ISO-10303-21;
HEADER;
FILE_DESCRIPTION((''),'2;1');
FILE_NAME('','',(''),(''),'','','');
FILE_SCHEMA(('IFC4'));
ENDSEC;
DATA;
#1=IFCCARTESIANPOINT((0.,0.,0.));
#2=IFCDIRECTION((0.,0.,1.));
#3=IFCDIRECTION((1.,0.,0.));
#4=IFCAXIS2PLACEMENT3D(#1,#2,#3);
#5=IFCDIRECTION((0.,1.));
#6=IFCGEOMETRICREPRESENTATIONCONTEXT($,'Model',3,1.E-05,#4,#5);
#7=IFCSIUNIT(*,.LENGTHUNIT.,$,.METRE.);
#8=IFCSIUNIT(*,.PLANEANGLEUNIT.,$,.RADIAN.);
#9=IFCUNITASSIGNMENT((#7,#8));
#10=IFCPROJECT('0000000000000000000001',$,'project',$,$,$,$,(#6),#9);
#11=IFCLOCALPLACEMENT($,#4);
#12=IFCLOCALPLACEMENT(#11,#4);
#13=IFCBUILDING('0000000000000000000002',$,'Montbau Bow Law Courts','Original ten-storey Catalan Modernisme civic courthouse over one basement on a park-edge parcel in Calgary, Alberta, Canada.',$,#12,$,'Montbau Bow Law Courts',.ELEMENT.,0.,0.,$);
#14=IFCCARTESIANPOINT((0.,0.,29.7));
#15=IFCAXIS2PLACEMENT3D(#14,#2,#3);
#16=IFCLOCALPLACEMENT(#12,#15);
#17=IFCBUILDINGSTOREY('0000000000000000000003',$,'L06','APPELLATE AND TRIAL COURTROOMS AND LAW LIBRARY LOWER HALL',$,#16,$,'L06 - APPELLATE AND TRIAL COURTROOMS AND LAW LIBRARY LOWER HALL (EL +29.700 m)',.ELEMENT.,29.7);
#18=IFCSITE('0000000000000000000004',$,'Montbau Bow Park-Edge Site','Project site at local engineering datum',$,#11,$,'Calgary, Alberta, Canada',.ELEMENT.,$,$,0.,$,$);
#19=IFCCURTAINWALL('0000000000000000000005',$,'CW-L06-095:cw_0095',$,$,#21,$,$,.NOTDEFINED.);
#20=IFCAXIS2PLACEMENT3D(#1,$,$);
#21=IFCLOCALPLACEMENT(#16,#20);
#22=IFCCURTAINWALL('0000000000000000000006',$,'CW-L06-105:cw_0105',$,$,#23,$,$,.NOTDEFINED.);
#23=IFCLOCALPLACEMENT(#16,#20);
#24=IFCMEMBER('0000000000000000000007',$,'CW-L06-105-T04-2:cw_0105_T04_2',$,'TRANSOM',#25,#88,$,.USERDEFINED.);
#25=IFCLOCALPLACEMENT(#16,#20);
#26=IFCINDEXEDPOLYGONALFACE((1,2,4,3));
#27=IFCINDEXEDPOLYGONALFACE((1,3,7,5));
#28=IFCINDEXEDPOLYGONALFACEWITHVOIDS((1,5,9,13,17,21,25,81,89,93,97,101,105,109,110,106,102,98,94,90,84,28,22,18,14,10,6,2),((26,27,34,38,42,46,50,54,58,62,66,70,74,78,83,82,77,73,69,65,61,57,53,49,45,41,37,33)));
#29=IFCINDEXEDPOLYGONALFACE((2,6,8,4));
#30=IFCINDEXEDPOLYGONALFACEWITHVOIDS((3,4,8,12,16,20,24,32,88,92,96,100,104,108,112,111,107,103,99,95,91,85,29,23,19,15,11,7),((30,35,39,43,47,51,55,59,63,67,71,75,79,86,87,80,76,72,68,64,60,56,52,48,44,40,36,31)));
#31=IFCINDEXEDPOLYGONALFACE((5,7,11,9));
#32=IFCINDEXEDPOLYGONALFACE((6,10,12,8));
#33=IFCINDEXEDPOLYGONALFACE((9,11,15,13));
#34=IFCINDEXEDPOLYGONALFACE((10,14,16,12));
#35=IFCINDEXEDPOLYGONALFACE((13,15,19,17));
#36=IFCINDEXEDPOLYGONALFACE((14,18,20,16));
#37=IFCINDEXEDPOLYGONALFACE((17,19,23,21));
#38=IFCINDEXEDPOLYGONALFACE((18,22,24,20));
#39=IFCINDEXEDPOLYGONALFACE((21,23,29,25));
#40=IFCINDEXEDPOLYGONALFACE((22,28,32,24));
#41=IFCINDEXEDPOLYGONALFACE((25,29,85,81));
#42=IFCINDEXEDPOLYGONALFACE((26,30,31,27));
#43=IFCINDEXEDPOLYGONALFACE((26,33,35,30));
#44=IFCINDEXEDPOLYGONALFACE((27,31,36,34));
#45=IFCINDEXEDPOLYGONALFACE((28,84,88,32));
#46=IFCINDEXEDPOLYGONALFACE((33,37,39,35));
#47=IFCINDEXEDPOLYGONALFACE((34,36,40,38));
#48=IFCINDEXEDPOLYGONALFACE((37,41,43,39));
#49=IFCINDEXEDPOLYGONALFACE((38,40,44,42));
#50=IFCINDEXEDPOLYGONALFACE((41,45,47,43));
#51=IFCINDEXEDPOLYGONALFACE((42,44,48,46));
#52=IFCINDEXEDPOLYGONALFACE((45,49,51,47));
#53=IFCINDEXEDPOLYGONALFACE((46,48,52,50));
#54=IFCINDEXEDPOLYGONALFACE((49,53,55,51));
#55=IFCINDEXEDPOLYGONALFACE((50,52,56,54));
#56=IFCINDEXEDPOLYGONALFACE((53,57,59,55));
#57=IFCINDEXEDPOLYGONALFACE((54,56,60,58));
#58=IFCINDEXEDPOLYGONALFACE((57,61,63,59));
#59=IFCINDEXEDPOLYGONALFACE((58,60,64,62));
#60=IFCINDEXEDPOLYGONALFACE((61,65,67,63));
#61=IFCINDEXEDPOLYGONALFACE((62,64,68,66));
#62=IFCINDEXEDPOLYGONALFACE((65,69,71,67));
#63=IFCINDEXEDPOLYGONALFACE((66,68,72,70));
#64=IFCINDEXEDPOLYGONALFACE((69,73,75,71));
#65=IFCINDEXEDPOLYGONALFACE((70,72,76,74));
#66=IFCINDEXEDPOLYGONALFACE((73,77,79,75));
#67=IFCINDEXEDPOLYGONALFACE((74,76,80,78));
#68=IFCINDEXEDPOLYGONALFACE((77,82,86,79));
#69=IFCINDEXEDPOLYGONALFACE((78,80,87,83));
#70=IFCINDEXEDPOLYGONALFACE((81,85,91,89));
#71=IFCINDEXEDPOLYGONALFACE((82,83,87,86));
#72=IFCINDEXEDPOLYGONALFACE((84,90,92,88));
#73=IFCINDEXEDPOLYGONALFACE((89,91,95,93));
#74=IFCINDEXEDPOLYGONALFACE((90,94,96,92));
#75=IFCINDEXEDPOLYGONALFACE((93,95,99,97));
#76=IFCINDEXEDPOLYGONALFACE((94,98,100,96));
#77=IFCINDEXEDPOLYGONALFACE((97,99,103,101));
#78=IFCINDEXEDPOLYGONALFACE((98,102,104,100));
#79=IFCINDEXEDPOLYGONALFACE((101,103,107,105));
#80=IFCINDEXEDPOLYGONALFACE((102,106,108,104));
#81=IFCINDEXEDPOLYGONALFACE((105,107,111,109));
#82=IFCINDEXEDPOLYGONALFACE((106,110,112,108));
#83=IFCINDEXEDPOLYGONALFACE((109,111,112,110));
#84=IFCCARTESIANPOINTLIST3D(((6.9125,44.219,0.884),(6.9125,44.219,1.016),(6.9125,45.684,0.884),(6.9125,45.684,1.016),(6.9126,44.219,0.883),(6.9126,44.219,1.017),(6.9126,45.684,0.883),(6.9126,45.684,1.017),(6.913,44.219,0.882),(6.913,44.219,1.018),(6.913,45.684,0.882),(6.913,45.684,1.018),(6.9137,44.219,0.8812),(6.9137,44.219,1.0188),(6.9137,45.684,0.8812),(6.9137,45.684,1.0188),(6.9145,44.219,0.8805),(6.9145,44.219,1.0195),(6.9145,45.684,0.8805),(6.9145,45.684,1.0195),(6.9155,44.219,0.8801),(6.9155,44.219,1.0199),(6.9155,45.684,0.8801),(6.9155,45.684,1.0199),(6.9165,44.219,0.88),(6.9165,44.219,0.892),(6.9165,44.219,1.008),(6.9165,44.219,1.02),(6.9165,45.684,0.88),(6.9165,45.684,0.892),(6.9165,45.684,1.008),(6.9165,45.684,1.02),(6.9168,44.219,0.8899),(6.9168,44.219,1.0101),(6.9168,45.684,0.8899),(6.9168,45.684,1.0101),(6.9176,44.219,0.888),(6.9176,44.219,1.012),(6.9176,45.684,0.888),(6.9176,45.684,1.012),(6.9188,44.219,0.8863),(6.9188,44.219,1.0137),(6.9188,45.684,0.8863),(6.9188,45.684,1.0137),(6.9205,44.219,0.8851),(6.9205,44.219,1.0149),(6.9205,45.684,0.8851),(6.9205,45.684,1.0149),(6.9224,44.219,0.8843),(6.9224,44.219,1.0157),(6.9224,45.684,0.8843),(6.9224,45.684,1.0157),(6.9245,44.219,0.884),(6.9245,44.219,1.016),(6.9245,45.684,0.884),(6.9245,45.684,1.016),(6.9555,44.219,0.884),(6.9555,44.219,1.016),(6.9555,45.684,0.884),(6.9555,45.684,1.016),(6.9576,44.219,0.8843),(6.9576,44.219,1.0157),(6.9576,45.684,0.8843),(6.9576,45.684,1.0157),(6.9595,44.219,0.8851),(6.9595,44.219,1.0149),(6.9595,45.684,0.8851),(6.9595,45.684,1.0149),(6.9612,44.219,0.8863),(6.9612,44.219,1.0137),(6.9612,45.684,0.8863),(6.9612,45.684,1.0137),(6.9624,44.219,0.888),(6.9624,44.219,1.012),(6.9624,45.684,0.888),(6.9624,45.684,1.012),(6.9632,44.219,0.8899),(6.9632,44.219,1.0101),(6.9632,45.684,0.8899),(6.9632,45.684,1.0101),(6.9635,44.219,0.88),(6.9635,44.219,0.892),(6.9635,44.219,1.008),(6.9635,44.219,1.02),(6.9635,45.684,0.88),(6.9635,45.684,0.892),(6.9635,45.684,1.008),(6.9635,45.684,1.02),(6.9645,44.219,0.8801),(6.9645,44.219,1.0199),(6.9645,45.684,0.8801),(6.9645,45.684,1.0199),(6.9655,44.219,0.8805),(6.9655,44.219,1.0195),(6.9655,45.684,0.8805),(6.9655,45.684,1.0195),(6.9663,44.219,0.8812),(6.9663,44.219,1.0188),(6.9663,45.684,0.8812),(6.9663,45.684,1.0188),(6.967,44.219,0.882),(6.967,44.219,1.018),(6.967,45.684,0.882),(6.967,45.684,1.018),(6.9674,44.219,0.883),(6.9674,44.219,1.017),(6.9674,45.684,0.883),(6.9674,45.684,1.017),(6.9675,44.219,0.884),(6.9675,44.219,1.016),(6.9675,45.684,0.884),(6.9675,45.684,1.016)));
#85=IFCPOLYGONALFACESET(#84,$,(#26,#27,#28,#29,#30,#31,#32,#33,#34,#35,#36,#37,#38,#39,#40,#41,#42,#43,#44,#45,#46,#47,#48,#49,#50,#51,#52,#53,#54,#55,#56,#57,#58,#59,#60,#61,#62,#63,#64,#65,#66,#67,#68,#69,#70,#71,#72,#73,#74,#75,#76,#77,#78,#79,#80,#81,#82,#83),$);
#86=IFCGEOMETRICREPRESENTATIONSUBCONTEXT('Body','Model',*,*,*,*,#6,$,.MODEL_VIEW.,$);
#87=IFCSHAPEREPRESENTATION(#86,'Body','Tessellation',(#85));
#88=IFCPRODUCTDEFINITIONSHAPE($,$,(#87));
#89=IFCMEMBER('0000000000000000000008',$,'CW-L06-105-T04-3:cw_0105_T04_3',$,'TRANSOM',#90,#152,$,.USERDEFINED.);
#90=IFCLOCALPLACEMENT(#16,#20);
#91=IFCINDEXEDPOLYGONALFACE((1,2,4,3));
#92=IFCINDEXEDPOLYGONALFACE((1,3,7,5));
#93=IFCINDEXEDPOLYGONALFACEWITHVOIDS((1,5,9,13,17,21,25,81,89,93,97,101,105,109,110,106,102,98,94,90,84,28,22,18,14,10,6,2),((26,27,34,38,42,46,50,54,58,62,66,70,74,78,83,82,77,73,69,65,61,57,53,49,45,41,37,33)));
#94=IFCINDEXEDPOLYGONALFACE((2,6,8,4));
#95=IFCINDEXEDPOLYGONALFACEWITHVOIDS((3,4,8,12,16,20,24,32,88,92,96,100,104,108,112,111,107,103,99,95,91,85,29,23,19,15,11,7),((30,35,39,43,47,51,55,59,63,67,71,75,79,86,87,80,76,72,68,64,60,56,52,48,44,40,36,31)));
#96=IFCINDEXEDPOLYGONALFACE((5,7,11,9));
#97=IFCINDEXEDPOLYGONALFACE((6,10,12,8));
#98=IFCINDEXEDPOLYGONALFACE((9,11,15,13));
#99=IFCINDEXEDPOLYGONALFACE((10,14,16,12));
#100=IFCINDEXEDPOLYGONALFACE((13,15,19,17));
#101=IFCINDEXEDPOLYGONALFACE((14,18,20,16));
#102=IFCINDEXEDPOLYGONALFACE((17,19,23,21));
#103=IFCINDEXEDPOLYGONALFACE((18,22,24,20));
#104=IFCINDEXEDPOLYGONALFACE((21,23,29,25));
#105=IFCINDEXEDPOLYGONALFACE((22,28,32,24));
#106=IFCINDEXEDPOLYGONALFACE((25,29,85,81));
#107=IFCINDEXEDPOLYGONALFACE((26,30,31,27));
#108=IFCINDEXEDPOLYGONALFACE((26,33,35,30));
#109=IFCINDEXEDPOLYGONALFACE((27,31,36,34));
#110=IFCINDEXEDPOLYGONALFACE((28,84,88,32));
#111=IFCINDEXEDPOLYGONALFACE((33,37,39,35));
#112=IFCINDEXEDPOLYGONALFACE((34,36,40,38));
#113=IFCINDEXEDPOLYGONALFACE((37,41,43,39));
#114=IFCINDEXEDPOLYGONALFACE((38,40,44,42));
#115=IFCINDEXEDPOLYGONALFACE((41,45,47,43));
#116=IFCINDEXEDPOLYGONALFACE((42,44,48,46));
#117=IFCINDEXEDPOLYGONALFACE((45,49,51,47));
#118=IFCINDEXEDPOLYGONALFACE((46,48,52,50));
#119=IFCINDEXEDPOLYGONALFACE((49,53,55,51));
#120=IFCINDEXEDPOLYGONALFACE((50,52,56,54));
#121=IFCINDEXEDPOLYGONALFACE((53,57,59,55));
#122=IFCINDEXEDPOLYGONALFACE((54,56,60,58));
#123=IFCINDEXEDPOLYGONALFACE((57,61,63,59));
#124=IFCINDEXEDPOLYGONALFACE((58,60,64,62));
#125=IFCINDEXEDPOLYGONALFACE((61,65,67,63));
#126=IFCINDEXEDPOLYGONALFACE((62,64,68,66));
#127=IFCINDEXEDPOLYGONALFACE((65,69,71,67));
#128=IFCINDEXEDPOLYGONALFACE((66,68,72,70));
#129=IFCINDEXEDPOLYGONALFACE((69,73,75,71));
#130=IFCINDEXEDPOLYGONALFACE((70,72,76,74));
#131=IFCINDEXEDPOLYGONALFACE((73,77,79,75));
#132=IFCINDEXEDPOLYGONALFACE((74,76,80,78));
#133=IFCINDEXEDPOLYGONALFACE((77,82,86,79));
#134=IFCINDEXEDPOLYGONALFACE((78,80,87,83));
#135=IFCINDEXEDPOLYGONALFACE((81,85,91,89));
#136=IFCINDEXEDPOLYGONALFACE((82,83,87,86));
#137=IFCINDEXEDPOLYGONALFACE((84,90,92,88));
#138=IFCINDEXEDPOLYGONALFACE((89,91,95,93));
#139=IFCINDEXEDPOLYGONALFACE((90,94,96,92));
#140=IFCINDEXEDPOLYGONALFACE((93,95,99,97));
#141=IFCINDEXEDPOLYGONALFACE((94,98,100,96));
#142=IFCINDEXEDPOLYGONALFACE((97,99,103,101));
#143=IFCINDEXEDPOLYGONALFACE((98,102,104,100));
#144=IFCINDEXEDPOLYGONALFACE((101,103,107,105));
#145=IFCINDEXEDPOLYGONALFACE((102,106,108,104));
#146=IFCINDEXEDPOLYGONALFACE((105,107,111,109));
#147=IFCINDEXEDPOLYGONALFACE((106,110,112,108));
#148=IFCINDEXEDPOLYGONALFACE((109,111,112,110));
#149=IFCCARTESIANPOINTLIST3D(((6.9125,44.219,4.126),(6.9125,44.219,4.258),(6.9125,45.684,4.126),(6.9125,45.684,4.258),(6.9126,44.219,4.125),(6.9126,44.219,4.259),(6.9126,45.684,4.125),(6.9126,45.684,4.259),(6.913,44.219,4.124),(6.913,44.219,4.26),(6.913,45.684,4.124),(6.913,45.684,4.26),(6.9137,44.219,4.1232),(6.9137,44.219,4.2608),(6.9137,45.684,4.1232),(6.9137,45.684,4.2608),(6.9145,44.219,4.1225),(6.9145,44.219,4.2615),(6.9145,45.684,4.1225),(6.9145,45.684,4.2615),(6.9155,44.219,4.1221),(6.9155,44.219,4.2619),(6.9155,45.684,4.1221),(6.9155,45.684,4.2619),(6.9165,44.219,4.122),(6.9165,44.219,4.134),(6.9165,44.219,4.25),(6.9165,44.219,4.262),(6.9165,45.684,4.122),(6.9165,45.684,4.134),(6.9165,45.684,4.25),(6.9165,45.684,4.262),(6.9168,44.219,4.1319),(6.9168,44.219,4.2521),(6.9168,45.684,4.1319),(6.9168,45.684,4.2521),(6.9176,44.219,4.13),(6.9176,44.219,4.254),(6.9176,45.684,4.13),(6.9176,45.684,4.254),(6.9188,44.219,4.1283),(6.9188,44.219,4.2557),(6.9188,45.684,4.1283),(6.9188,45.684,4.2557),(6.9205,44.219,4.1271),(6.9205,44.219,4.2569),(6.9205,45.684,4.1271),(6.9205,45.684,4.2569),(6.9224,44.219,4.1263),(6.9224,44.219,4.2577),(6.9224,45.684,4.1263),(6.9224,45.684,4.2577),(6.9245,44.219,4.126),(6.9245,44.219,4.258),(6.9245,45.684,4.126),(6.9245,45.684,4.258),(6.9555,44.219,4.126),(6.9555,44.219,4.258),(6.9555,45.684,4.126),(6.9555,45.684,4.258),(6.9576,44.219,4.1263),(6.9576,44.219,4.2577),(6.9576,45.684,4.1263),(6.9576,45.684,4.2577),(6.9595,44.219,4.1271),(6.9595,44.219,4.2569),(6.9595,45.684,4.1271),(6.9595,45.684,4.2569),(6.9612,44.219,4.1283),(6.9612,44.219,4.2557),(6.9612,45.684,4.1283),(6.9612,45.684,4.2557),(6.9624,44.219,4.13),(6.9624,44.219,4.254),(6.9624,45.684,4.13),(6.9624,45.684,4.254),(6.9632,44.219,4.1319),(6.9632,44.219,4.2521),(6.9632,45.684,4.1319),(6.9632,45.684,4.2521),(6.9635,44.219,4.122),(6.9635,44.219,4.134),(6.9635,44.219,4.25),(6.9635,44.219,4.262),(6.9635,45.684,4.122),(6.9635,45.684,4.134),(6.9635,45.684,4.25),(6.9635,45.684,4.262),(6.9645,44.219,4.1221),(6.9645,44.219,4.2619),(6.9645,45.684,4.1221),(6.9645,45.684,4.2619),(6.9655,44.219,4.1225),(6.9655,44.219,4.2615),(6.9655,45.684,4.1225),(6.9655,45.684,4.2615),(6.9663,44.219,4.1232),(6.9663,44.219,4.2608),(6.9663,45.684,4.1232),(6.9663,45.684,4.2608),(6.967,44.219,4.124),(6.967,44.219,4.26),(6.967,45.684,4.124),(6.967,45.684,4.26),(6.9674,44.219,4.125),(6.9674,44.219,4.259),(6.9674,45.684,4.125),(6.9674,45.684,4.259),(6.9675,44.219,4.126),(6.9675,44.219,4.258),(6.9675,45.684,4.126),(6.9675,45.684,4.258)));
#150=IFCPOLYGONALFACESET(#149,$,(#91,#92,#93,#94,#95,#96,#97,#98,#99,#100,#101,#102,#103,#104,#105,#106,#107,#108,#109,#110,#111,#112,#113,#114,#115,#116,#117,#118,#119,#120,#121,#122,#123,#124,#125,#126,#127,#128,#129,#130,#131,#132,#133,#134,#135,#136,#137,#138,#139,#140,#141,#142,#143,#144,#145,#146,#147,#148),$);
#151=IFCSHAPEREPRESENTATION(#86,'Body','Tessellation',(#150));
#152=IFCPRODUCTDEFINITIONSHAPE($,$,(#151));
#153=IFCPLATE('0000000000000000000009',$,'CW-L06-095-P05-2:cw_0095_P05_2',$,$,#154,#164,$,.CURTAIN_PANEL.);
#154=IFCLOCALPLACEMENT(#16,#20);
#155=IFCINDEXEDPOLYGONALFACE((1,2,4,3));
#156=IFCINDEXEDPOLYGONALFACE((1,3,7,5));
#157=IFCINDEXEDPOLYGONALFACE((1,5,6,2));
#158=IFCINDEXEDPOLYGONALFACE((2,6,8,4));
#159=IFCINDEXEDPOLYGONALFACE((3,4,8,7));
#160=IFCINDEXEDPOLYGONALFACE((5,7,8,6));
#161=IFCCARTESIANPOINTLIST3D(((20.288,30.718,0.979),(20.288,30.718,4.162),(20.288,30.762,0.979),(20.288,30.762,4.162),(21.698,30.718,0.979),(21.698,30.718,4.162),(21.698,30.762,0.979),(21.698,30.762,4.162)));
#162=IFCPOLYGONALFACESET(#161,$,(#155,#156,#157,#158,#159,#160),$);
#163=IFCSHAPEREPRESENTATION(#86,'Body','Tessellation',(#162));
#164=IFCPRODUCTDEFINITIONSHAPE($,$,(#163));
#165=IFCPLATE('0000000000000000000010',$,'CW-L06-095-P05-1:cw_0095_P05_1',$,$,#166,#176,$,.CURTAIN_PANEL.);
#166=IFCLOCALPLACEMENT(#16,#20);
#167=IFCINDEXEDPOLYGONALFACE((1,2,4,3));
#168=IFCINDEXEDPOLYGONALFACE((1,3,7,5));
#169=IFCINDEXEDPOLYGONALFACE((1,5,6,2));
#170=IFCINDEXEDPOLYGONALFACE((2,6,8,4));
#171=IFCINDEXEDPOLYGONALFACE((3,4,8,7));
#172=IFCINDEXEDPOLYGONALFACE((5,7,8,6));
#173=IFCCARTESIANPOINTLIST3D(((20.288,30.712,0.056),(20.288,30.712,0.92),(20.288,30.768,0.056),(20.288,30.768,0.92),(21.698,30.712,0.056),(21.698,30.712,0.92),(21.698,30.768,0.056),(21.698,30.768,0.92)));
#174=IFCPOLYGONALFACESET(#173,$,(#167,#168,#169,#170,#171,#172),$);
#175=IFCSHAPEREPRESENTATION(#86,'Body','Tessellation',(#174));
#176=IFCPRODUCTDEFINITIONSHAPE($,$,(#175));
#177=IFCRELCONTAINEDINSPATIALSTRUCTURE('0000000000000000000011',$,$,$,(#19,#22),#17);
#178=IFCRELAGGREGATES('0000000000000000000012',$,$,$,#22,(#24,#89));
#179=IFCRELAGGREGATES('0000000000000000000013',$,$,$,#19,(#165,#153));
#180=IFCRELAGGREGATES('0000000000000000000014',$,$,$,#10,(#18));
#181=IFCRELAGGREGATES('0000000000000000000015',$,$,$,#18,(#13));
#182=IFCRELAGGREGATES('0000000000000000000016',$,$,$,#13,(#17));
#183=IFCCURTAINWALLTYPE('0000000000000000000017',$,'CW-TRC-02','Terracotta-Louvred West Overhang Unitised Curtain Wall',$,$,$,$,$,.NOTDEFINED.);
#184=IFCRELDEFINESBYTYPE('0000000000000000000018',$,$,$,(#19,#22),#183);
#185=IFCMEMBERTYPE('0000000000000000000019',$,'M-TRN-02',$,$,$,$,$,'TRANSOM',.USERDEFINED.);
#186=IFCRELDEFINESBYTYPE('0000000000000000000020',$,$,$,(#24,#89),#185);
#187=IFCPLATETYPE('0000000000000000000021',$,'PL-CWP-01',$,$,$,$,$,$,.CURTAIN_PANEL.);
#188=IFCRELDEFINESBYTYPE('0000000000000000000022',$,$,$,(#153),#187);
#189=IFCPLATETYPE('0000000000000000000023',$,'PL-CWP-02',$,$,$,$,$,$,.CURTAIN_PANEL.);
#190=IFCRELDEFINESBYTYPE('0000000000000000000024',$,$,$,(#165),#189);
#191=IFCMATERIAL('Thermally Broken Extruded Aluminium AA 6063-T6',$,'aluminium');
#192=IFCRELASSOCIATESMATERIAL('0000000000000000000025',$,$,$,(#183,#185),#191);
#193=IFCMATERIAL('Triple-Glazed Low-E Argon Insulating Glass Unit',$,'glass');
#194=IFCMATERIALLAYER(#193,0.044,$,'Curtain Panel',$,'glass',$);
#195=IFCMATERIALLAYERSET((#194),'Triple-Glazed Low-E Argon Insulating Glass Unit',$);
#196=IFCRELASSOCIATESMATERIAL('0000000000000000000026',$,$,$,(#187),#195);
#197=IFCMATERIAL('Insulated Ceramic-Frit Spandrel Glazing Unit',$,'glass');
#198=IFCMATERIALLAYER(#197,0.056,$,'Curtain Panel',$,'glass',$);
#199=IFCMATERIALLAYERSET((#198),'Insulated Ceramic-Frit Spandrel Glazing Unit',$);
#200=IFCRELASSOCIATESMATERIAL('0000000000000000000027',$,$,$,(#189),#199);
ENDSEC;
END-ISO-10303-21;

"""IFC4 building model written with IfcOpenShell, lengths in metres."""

from ifc_helpers import new_model, si_unit, direction, frame, frame_2d, origin_with_axes, origin_2d_with_axis, place, context, subcontext, project, spatial, rectangle, hollow_rectangle, extrude, material, layer, layer_set, material_profile, profile_set, type_object, element, aggregate, save


model = new_model("IFC4")

# Units and contexts
model_context = context("Model", 3, precision=1e-05, world=origin_with_axes(), true_north=direction((0.0, 1.0)))
body_context = subcontext(model_context, "Body", "Model", "MODEL_VIEW")
ifc_project = project(units=[si_unit("LENGTHUNIT", "METRE"), si_unit("PLANEANGLEUNIT", "RADIAN")], contexts=[model_context])

# Site, building, storey
site_placement = place(None, origin_with_axes())
site = spatial("IfcSite", under=ifc_project, at=site_placement, Name="Montbau Bow Park-Edge Site", Description="Project site at local engineering datum", LongName="Calgary, Alberta, Canada", CompositionType="ELEMENT", RefElevation=0.0)
building_placement = place(site_placement, origin_with_axes())
building = spatial("IfcBuilding", under=site, at=building_placement, Name="Montbau Bow Law Courts", Description="Original ten-storey Catalan Modernisme civic courthouse over one basement on a park-edge parcel in Calgary, Alberta, Canada.", LongName="Montbau Bow Law Courts", CompositionType="ELEMENT", ElevationOfRefHeight=0.0, ElevationOfTerrain=0.0)
storey_placement = place(building_placement, frame((0.0, 0.0, 29.7), z_axis=(0.0, 0.0, 1.0), x_axis=(1.0, 0.0, 0.0)))
storey = spatial("IfcBuildingStorey", under=building, at=storey_placement, Name="L06", Description="APPELLATE AND TRIAL COURTROOMS AND LAW LIBRARY LOWER HALL", LongName="L06 - APPELLATE AND TRIAL COURTROOMS AND LAW LIBRARY LOWER HALL (EL +29.700 m)", CompositionType="ELEMENT", Elevation=29.7)

# Curtain walls, members
ifc_material_1 = material(Name="Thermally Broken Extruded Aluminium AA 6063-T6", Category="aluminium")
curtain_wall_type = type_object("IfcCurtainWallType", Name="CW-TRC-02", Description="Terracotta-Louvred West Overhang Unitised Curtain Wall", PredefinedType="NOTDEFINED", material=ifc_material_1)
curtain_wall_1_placement = place(None, frame((14.24, 30.74, 29.7), z_axis=(0.0, 0.0, 1.0), x_axis=(1.0, 0.0, 0.0)))
curtain_wall_1 = element("IfcCurtainWall", 1, at=curtain_wall_1_placement, inside=storey, type_object=curtain_wall_type, Name="CW-L06-095:cw_0095", PredefinedType="NOTDEFINED")
ifc_material_profile_1 = material_profile(ifc_material_1, hollow_rectangle(XDim=0.055, YDim=0.14, WallThickness=0.004, InnerFilletRadius=0.008, OuterFilletRadius=0.004, at=origin_2d_with_axis()), Name="CWT-140X55", Category="Main", Priority=0)
ifc_profile_set_1 = profile_set([ifc_material_profile_1], Name="Thermally Broken Extruded Aluminium AA 6063-T6")
member_type_1 = type_object("IfcMemberType", Name="M-TRN-02", ElementType="TRANSOM", PredefinedType="USERDEFINED", material=ifc_profile_set_1)
curtain_wall_2_placement = place(None, frame((6.94, 39.44, 29.7), z_axis=(0.0, 0.0, 1.0), x_axis=(1.0, 0.0, 0.0)))
curtain_wall_2 = element("IfcCurtainWall", 2, at=curtain_wall_2_placement, inside=storey, type_object=curtain_wall_type, Name="CW-L06-105:cw_0105", PredefinedType="NOTDEFINED")
member_1_placement = place(None, frame((6.94, 44.219, 30.65), z_axis=(0.0, 1.0, 0.0), x_axis=(-1.0, 0.0, 0.0)))
member_1 = element("IfcMember", 3, at=member_1_placement, type_object=member_type_1, Name="CW-L06-105-T04-2:cw_0105_T04_2", ObjectType="TRANSOM", PredefinedType="USERDEFINED", context=body_context, shape_type="SweptSolid", body=[
    extrude(hollow_rectangle(XDim=0.055, YDim=0.14, WallThickness=0.004, InnerFilletRadius=0.008, OuterFilletRadius=0.004, at=origin_2d_with_axis()), origin_with_axes(), (0.0, 0.0, 1.0), 1.465),
])
member_2_placement = place(None, frame((6.94, 44.219, 33.892), z_axis=(0.0, 1.0, 0.0), x_axis=(-1.0, 0.0, 0.0)))
member_2 = element("IfcMember", 4, at=member_2_placement, type_object=member_type_1, Name="CW-L06-105-T04-3:cw_0105_T04_3", ObjectType="TRANSOM", PredefinedType="USERDEFINED", context=body_context, shape_type="SweptSolid", body=[
    extrude(hollow_rectangle(XDim=0.055, YDim=0.14, WallThickness=0.004, InnerFilletRadius=0.008, OuterFilletRadius=0.004, at=origin_2d_with_axis()), origin_with_axes(), (0.0, 0.0, 1.0), 1.465),
])
aggregate(curtain_wall_2, [member_1, member_2])

# Plates
ifc_material_2 = material(Name="Triple-Glazed Low-E Argon Insulating Glass Unit", Category="glass")
ifc_layer_1 = layer(ifc_material_2, 0.044, Name="Curtain Panel", Category="glass")
ifc_layer_set_1 = layer_set([ifc_layer_1], Name="Triple-Glazed Low-E Argon Insulating Glass Unit")
plate_type_1 = type_object("IfcPlateType", Name="PL-CWP-01", PredefinedType="CURTAIN_PANEL", material=ifc_layer_set_1)
plate_1_placement = place(None, frame((20.288, 30.74, 30.679), z_axis=(0.0, -1.0, 0.0), x_axis=(1.0, 0.0, 0.0)))
plate_1 = element("IfcPlate", 5, at=plate_1_placement, type_object=plate_type_1, Name="CW-L06-095-P05-2:cw_0095_P05_2", PredefinedType="CURTAIN_PANEL", context=body_context, shape_type="SweptSolid", body=[
    extrude(rectangle(XDim=1.41, YDim=3.183, at=frame_2d((0.705, 1.5915), x_axis=(1.0, 0.0))), frame((0.0, 0.0, -0.022), z_axis=(0.0, 0.0, 1.0), x_axis=(1.0, 0.0, 0.0)), (0.0, 0.0, 1.0), 0.044),
])
ifc_material_3 = material(Name="Insulated Ceramic-Frit Spandrel Glazing Unit", Category="glass")
ifc_layer_2 = layer(ifc_material_3, 0.056, Name="Curtain Panel", Category="glass")
ifc_layer_set_2 = layer_set([ifc_layer_2], Name="Insulated Ceramic-Frit Spandrel Glazing Unit")
plate_type_2 = type_object("IfcPlateType", Name="PL-CWP-02", PredefinedType="CURTAIN_PANEL", material=ifc_layer_set_2)
plate_2_placement = place(None, frame((20.288, 30.74, 29.756), z_axis=(0.0, -1.0, 0.0), x_axis=(1.0, 0.0, 0.0)))
plate_2 = element("IfcPlate", 6, at=plate_2_placement, type_object=plate_type_2, Name="CW-L06-095-P05-1:cw_0095_P05_1", PredefinedType="CURTAIN_PANEL", context=body_context, shape_type="SweptSolid", body=[
    extrude(rectangle(XDim=1.41, YDim=0.864, at=frame_2d((0.705, 0.432), x_axis=(1.0, 0.0))), frame((0.0, 0.0, -0.028), z_axis=(0.0, 0.0, 1.0), x_axis=(1.0, 0.0, 0.0)), (0.0, 0.0, 1.0), 0.056),
])
aggregate(curtain_wall_1, [plate_2, plate_1])

save(model, "model.ifc")
